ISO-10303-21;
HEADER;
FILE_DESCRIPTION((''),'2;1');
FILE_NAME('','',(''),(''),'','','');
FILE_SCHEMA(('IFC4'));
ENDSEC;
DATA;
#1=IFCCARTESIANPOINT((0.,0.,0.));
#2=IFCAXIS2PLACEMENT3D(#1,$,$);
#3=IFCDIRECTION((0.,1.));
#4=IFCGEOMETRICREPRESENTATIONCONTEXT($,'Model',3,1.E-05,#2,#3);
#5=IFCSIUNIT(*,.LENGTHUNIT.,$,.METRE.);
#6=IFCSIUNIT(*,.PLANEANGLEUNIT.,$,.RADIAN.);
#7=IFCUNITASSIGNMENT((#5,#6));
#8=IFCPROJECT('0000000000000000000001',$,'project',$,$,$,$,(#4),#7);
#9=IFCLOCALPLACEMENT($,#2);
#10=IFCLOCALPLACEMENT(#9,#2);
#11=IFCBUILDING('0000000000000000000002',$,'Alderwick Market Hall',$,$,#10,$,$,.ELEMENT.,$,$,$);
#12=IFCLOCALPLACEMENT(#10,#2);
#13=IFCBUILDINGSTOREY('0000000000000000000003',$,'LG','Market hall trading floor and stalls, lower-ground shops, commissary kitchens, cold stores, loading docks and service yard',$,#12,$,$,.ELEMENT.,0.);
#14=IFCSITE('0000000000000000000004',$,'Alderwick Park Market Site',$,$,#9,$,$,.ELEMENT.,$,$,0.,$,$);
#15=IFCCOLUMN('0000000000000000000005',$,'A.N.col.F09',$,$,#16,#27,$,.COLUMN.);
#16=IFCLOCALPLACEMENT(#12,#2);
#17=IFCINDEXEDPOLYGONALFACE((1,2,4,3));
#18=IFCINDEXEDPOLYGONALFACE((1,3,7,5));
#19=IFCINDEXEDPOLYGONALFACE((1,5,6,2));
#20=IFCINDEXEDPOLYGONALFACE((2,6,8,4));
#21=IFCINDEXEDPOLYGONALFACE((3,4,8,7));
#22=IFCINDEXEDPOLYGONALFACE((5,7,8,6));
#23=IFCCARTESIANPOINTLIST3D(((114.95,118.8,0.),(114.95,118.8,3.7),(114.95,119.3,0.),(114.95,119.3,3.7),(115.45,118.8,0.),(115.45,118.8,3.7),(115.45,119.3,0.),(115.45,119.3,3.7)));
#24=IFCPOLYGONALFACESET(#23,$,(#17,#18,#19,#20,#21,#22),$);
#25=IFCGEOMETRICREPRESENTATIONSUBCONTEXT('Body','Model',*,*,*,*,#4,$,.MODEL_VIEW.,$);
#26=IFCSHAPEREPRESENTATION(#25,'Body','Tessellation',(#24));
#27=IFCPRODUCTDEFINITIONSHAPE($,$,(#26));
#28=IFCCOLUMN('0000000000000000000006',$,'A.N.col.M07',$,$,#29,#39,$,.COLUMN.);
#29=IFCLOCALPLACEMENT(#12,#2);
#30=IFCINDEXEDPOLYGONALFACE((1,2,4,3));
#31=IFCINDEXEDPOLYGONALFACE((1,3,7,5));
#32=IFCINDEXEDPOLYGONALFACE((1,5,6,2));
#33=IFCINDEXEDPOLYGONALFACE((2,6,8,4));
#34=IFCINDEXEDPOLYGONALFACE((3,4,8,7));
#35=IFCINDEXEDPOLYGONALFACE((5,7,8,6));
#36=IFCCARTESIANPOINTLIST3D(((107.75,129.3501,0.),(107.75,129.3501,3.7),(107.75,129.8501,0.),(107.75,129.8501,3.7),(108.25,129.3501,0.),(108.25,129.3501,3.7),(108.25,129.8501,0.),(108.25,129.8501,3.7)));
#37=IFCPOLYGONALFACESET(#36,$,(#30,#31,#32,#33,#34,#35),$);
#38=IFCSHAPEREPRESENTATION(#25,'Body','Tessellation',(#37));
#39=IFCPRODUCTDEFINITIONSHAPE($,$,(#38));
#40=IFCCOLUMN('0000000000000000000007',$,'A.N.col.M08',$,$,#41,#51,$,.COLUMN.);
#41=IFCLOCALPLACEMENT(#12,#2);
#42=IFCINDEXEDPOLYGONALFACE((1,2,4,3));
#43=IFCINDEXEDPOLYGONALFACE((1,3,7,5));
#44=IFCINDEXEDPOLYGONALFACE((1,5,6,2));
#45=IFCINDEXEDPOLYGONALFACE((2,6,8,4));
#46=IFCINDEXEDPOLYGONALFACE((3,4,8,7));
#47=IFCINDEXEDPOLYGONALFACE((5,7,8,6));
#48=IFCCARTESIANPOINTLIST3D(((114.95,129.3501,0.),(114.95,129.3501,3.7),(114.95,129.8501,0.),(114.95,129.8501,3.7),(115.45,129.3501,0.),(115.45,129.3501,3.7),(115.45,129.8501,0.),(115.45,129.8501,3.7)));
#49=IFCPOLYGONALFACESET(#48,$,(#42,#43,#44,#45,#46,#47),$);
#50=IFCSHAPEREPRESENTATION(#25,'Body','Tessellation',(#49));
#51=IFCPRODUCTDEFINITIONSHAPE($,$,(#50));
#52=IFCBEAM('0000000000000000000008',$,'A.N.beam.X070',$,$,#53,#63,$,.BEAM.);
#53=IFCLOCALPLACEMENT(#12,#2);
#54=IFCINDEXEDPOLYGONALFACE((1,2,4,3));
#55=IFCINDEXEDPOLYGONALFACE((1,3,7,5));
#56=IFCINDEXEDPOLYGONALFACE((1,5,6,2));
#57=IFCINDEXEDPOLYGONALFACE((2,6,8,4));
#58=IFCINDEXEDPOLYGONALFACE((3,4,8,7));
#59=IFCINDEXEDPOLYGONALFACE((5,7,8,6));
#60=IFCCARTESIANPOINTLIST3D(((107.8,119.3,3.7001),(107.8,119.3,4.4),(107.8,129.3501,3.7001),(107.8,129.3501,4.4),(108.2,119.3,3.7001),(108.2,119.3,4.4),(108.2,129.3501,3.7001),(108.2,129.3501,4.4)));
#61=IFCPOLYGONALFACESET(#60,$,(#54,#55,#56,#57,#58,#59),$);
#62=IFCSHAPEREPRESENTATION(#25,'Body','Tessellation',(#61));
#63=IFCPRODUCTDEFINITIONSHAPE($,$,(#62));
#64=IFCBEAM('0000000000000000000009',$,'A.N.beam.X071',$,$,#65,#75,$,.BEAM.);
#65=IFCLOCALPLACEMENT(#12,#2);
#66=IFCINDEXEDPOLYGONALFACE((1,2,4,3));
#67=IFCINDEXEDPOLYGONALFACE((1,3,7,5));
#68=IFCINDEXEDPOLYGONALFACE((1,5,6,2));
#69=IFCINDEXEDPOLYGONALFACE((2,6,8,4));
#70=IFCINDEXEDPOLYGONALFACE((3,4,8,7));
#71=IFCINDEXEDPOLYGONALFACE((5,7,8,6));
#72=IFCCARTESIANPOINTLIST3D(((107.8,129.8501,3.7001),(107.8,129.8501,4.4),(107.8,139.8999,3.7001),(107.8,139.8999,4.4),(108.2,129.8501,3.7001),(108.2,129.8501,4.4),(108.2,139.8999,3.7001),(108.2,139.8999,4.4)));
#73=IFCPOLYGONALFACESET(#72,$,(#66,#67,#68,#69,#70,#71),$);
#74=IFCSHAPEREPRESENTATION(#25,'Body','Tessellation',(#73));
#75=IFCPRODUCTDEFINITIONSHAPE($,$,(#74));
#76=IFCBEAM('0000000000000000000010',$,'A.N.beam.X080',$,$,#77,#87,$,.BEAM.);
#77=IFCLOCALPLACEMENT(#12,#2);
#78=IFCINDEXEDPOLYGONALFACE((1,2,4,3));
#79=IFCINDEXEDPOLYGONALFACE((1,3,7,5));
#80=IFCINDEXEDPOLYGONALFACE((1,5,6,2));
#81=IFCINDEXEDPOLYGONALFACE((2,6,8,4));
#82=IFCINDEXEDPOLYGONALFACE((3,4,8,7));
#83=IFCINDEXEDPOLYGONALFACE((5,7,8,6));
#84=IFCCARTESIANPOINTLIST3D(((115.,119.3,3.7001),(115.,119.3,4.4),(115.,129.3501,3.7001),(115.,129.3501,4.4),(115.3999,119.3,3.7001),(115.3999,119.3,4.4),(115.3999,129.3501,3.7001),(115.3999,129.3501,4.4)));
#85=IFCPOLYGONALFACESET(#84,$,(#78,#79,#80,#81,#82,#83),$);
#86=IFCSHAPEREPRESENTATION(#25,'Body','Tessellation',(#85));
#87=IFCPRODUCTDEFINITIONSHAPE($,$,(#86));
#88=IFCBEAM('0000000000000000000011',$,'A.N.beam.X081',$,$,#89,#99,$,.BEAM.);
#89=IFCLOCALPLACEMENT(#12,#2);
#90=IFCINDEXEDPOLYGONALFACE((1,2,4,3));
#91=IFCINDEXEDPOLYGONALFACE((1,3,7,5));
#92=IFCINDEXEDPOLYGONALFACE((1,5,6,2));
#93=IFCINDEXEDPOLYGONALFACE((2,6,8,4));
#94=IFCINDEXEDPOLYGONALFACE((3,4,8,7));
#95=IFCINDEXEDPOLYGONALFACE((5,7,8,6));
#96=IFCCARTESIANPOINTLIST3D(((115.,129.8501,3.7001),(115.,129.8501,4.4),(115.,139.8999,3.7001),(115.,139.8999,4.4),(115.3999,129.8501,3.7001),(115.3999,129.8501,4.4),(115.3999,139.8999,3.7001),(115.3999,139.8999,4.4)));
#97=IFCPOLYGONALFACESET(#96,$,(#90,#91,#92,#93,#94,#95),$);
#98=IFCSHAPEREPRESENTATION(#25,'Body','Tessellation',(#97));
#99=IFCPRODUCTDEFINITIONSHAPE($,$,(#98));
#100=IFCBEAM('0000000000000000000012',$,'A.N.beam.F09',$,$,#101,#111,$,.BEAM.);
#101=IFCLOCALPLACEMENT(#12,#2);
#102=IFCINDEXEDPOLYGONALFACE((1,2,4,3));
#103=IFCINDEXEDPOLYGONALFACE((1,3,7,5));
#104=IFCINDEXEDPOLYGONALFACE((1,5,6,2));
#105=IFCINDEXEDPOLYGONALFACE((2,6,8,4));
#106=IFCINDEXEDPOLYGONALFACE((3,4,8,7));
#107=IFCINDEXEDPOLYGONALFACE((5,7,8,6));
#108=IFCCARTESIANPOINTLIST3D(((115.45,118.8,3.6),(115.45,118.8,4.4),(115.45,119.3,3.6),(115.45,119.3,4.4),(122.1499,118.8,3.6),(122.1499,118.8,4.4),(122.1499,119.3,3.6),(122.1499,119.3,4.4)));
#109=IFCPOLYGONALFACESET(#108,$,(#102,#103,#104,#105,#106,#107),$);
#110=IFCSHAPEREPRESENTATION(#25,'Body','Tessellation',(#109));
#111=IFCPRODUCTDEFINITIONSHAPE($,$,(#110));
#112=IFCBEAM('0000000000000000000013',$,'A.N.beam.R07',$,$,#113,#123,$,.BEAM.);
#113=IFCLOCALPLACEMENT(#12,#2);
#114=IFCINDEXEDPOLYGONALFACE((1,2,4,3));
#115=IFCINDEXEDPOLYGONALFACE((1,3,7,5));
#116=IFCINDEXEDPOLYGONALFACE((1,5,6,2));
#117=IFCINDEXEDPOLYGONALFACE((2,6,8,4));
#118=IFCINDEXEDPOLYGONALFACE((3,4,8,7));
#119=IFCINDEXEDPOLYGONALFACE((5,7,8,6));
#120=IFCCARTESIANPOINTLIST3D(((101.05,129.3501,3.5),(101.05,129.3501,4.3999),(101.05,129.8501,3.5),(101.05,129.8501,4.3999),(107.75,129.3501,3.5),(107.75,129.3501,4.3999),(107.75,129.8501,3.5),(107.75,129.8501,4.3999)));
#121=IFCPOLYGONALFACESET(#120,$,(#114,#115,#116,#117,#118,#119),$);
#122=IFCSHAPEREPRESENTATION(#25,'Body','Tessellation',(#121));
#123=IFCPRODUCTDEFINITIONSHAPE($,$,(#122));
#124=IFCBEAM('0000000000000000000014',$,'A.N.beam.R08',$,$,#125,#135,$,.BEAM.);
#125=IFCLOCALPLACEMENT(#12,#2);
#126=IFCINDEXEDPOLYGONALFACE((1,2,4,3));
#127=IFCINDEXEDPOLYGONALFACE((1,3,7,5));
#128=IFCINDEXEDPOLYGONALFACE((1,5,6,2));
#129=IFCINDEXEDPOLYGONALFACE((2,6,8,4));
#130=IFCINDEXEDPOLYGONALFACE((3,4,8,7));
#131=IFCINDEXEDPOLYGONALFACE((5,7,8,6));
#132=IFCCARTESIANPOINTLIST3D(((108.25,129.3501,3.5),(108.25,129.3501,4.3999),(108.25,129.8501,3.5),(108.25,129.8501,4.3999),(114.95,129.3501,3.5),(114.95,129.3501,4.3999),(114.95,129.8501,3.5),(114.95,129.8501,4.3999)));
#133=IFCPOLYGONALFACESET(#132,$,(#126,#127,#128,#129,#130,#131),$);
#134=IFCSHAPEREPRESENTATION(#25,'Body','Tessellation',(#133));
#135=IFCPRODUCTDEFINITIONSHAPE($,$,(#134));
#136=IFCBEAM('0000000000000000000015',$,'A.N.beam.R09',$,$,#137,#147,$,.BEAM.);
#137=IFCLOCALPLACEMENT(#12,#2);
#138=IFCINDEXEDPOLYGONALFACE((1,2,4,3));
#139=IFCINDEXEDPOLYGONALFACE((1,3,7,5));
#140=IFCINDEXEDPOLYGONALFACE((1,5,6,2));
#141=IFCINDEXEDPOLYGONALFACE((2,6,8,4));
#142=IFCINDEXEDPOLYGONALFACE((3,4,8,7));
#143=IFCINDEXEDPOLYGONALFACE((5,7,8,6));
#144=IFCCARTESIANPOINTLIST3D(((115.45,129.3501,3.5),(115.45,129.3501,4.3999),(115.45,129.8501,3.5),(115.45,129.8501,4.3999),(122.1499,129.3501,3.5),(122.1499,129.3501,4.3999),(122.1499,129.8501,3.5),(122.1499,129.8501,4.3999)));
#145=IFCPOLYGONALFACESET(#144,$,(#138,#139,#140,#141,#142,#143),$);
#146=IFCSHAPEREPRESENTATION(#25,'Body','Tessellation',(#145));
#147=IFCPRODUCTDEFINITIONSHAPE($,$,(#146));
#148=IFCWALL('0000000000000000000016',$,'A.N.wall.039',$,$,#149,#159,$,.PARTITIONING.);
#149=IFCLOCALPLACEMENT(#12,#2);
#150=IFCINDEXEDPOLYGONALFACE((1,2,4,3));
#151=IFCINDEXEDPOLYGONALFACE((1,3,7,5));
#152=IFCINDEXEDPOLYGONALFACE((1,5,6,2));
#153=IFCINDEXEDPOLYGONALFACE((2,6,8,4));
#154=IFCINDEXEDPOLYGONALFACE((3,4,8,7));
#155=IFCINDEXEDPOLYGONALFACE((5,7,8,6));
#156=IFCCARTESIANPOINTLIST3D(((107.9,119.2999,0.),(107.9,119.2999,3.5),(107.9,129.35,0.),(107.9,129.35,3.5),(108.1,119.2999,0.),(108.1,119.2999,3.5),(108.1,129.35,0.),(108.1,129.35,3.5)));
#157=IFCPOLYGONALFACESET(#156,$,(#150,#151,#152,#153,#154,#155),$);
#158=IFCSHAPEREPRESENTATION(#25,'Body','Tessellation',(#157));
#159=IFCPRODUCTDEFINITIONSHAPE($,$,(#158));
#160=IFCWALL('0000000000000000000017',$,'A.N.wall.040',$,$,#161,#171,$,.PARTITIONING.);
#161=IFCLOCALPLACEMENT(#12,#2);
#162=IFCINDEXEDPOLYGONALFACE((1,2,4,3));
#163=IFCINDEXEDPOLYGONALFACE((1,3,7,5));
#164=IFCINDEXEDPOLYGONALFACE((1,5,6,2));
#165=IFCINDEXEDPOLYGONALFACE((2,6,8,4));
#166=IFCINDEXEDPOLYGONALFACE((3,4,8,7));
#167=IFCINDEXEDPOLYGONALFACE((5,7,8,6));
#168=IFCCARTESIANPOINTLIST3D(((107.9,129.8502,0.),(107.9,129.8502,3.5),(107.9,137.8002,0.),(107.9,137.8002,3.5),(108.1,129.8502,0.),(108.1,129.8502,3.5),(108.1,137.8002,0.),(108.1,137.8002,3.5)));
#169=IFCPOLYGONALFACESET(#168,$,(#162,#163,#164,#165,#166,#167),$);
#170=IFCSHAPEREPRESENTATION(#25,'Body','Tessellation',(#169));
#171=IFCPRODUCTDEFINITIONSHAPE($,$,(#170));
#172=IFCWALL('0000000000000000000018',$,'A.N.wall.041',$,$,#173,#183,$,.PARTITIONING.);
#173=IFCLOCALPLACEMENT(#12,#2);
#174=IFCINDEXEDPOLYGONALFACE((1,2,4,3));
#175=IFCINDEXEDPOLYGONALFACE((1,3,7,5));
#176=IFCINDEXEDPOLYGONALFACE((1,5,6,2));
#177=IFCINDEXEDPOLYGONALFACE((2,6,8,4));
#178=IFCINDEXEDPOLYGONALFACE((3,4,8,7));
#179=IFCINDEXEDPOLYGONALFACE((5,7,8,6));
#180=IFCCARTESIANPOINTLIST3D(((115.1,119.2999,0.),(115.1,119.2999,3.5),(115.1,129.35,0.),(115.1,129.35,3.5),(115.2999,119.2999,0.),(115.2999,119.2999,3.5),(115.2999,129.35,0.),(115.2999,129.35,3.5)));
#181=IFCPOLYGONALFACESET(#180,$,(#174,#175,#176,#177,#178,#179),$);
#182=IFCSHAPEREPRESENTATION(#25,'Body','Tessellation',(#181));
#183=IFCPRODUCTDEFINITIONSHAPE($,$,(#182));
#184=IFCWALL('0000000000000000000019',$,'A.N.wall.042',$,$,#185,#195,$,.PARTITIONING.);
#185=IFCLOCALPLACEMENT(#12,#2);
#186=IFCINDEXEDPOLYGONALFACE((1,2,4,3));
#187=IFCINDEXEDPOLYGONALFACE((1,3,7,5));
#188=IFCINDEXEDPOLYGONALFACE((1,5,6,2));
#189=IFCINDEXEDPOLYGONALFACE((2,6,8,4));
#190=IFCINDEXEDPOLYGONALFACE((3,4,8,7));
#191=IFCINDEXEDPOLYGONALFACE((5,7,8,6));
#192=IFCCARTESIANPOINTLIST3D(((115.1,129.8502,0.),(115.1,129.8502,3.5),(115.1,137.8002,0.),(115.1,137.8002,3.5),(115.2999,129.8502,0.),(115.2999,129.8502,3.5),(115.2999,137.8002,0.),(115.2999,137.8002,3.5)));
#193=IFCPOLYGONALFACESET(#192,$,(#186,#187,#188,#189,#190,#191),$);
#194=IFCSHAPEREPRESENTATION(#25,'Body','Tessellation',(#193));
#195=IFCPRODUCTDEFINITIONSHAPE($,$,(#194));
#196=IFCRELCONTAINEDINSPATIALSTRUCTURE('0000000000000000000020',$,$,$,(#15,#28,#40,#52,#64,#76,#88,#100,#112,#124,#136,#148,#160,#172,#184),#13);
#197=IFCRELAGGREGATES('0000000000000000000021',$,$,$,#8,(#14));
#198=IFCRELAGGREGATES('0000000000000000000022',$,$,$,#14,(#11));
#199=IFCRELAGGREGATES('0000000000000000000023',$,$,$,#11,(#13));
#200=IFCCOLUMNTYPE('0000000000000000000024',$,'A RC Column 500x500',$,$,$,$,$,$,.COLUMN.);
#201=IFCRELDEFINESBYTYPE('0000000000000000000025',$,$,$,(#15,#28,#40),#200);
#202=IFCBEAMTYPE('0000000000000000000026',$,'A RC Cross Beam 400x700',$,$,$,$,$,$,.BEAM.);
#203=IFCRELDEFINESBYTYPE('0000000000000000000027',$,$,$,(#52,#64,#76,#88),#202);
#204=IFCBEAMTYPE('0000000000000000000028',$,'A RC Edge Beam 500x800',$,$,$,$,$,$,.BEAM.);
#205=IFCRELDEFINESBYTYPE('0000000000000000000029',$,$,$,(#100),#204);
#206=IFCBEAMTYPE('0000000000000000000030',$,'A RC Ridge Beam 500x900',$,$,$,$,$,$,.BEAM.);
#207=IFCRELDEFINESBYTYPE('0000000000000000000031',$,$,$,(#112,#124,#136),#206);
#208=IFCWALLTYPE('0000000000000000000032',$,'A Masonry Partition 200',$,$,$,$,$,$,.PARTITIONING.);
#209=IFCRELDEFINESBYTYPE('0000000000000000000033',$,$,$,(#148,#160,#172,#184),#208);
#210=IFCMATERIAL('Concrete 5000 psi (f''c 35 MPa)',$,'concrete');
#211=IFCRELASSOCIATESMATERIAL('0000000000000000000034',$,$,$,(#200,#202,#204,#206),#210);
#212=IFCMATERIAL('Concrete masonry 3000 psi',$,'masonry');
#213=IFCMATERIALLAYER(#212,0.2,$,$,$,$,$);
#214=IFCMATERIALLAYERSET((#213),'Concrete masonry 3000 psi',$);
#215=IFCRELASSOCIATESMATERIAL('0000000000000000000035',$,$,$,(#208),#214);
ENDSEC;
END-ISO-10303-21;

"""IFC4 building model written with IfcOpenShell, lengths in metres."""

from ifc_helpers import new_model, si_unit, direction, frame, frame_2d, origin, origin_2d, place, context, subcontext, project, spatial, rectangle, extrude, material, layer, layer_set, material_profile, profile_set, type_object, element, save


model = new_model("IFC4")

# Units and contexts
model_context = context("Model", 3, precision=1e-05, world=origin(), true_north=direction((0.0, 1.0)))
body_context = subcontext(model_context, "Body", "Model", "MODEL_VIEW")
ifc_project = project(units=[si_unit("LENGTHUNIT", "METRE"), si_unit("PLANEANGLEUNIT", "RADIAN")], contexts=[model_context])

# Site, building, storey
site_placement = place(None, origin())
site = spatial("IfcSite", under=ifc_project, at=site_placement, Name="Alderwick Park Market Site", CompositionType="ELEMENT", RefElevation=0.0)
building_placement = place(site_placement, origin())
building = spatial("IfcBuilding", under=site, at=building_placement, Name="Alderwick Market Hall", CompositionType="ELEMENT")
storey_placement = place(building_placement, origin())
storey = spatial("IfcBuildingStorey", under=building, at=storey_placement, Name="LG", Description="Market hall trading floor and stalls, lower-ground shops, commissary kitchens, cold stores, loading docks and service yard", CompositionType="ELEMENT", Elevation=0.0)

# Columns
ifc_material_1 = material(Name="Concrete 5000 psi (f'c 35 MPa)", Category="concrete")
ifc_material_profile_1 = material_profile(ifc_material_1, rectangle(XDim=0.5, YDim=0.5, at=origin_2d()), Name="A RC Column 500x500")
ifc_profile_set_1 = profile_set([ifc_material_profile_1], Name="Concrete 5000 psi (f'c 35 MPa)")
column_type = type_object("IfcColumnType", Name="A RC Column 500x500", PredefinedType="COLUMN", material=ifc_profile_set_1)
for number, where, z_axis, x_axis, name in (
    (1, (115.2, 119.05, 0.0), (0.0, 0.0, 1.0), (1.0, 0.0, 0.0), "A.N.col.F09"),
    (2, (108.0, 129.6001, 0.0), (0.0, 0.0, 1.0), (1.0, 0.0, 0.0), "A.N.col.M07"),
    (3, (115.2, 129.6001, 0.0), (0.0, 0.0, 1.0), (1.0, 0.0, 0.0), "A.N.col.M08"),
):
    element("IfcColumn", number, at=place(storey_placement, frame(where, z_axis=z_axis, x_axis=x_axis)), inside=storey, type_object=column_type, Name=name, PredefinedType="COLUMN", context=body_context, shape_type="SweptSolid", body=[
        extrude(rectangle(XDim=0.5, YDim=0.5, at=origin_2d()), origin(), (0.0, 0.0, 1.0), 3.7),
    ])

# Beams
ifc_material_profile_2 = material_profile(ifc_material_1, rectangle(XDim=0.3999, YDim=0.7, at=origin_2d()), Name="A RC Cross Beam 400x700")
ifc_profile_set_2 = profile_set([ifc_material_profile_2], Name="Concrete 5000 psi (f'c 35 MPa)")
beam_type_1 = type_object("IfcBeamType", Name="A RC Cross Beam 400x700", PredefinedType="BEAM", material=ifc_profile_set_2)
beam_1_placement = place(storey_placement, frame((108.0, 119.3, 4.05), z_axis=(0.0, 1.0, 0.0), x_axis=(-1.0, 0.0, 0.0)))
element("IfcBeam", 4, at=beam_1_placement, inside=storey, type_object=beam_type_1, Name="A.N.beam.X070", PredefinedType="BEAM", context=body_context, shape_type="SweptSolid", body=[
    extrude(rectangle(XDim=0.3999, YDim=0.7, at=origin_2d()), origin(), (0.0, 0.0, 1.0), 10.05),
])
beam_2_placement = place(storey_placement, frame((108.0, 129.8501, 4.05), z_axis=(0.0, 1.0, 0.0), x_axis=(-1.0, 0.0, 0.0)))
element("IfcBeam", 5, at=beam_2_placement, inside=storey, type_object=beam_type_1, Name="A.N.beam.X071", PredefinedType="BEAM", context=body_context, shape_type="SweptSolid", body=[
    extrude(rectangle(XDim=0.3999, YDim=0.7, at=origin_2d()), origin(), (0.0, 0.0, 1.0), 10.0498),
])
beam_3_placement = place(storey_placement, frame((115.2, 119.3, 4.05), z_axis=(0.0, 1.0, 0.0), x_axis=(-1.0, 0.0, 0.0)))
element("IfcBeam", 6, at=beam_3_placement, inside=storey, type_object=beam_type_1, Name="A.N.beam.X080", PredefinedType="BEAM", context=body_context, shape_type="SweptSolid", body=[
    extrude(rectangle(XDim=0.3999, YDim=0.7, at=origin_2d()), origin(), (0.0, 0.0, 1.0), 10.05),
])
beam_4_placement = place(storey_placement, frame((115.2, 129.8501, 4.05), z_axis=(0.0, 1.0, 0.0), x_axis=(-1.0, 0.0, 0.0)))
element("IfcBeam", 7, at=beam_4_placement, inside=storey, type_object=beam_type_1, Name="A.N.beam.X081", PredefinedType="BEAM", context=body_context, shape_type="SweptSolid", body=[
    extrude(rectangle(XDim=0.3999, YDim=0.7, at=origin_2d()), origin(), (0.0, 0.0, 1.0), 10.0498),
])
ifc_material_profile_3 = material_profile(ifc_material_1, rectangle(XDim=0.5, YDim=0.8, at=origin_2d()), Name="A RC Edge Beam 500x800")
ifc_profile_set_3 = profile_set([ifc_material_profile_3], Name="Concrete 5000 psi (f'c 35 MPa)")
beam_type_2 = type_object("IfcBeamType", Name="A RC Edge Beam 500x800", PredefinedType="BEAM", material=ifc_profile_set_3)
beam_5_placement = place(storey_placement, frame((115.45, 119.05, 4.0), z_axis=(1.0, 0.0, 0.0), x_axis=(0.0, 1.0, 0.0)))
element("IfcBeam", 8, at=beam_5_placement, inside=storey, type_object=beam_type_2, Name="A.N.beam.F09", PredefinedType="BEAM", context=body_context, shape_type="SweptSolid", body=[
    extrude(rectangle(XDim=0.5, YDim=0.8, at=origin_2d()), origin(), (0.0, 0.0, 1.0), 6.7),
])
ifc_material_profile_4 = material_profile(ifc_material_1, rectangle(XDim=0.5, YDim=0.8999, at=origin_2d()), Name="A RC Ridge Beam 500x900")
ifc_profile_set_4 = profile_set([ifc_material_profile_4], Name="Concrete 5000 psi (f'c 35 MPa)")
beam_type_3 = type_object("IfcBeamType", Name="A RC Ridge Beam 500x900", PredefinedType="BEAM", material=ifc_profile_set_4)
for number, where, z_axis, x_axis, name in (
    (9, (101.05, 129.6001, 3.95), (1.0, 0.0, 0.0), (0.0, 1.0, 0.0), "A.N.beam.R07"),
    (10, (108.25, 129.6001, 3.95), (1.0, 0.0, 0.0), (0.0, 1.0, 0.0), "A.N.beam.R08"),
    (11, (115.45, 129.6001, 3.95), (1.0, 0.0, 0.0), (0.0, 1.0, 0.0), "A.N.beam.R09"),
):
    element("IfcBeam", number, at=place(storey_placement, frame(where, z_axis=z_axis, x_axis=x_axis)), inside=storey, type_object=beam_type_3, Name=name, PredefinedType="BEAM", context=body_context, shape_type="SweptSolid", body=[
        extrude(rectangle(XDim=0.5, YDim=0.8999, at=origin_2d()), origin(), (0.0, 0.0, 1.0), 6.7),
    ])

# Walls
ifc_material_2 = material(Name="Concrete masonry 3000 psi", Category="masonry")
ifc_layer_1 = layer(ifc_material_2, 0.2)
ifc_layer_set_1 = layer_set([ifc_layer_1], Name="Concrete masonry 3000 psi")
wall_type_1 = type_object("IfcWallType", Name="A Masonry Partition 200", PredefinedType="PARTITIONING", material=ifc_layer_set_1)
wall_1_placement = place(storey_placement, frame((108.0, 119.3, 0.0), z_axis=(0.0, 0.0, 1.0), x_axis=(0.0, 1.0, 0.0)))
element("IfcWall", 12, at=wall_1_placement, inside=storey, type_object=wall_type_1, Name="A.N.wall.039", PredefinedType="PARTITIONING", context=body_context, shape_type="SweptSolid", body=[
    extrude(rectangle(XDim=10.05, YDim=0.2, at=frame_2d((5.0249, 0.0))), origin(), (0.0, 0.0, 1.0), 3.5),
])
wall_2_placement = place(storey_placement, frame((108.0, 129.8501, 0.0), z_axis=(0.0, 0.0, 1.0), x_axis=(0.0, 1.0, 0.0)))
element("IfcWall", 13, at=wall_2_placement, inside=storey, type_object=wall_type_1, Name="A.N.wall.040", PredefinedType="PARTITIONING", context=body_context, shape_type="SweptSolid", body=[
    extrude(rectangle(XDim=7.95, YDim=0.2, at=frame_2d((3.9751, 0.0))), origin(), (0.0, 0.0, 1.0), 3.5),
])
wall_3_placement = place(storey_placement, frame((115.2, 119.3, 0.0), z_axis=(0.0, 0.0, 1.0), x_axis=(0.0, 1.0, 0.0)))
element("IfcWall", 14, at=wall_3_placement, inside=storey, type_object=wall_type_1, Name="A.N.wall.041", PredefinedType="PARTITIONING", context=body_context, shape_type="SweptSolid", body=[
    extrude(rectangle(XDim=10.05, YDim=0.2, at=frame_2d((5.0249, 0.0))), origin(), (0.0, 0.0, 1.0), 3.5),
])
wall_4_placement = place(storey_placement, frame((115.2, 129.8501, 0.0), z_axis=(0.0, 0.0, 1.0), x_axis=(0.0, 1.0, 0.0)))
element("IfcWall", 15, at=wall_4_placement, inside=storey, type_object=wall_type_1, Name="A.N.wall.042", PredefinedType="PARTITIONING", context=body_context, shape_type="SweptSolid", body=[
    extrude(rectangle(XDim=7.95, YDim=0.2, at=frame_2d((3.9751, 0.0))), origin(), (0.0, 0.0, 1.0), 3.5),
])

save(model, "model.ifc")
